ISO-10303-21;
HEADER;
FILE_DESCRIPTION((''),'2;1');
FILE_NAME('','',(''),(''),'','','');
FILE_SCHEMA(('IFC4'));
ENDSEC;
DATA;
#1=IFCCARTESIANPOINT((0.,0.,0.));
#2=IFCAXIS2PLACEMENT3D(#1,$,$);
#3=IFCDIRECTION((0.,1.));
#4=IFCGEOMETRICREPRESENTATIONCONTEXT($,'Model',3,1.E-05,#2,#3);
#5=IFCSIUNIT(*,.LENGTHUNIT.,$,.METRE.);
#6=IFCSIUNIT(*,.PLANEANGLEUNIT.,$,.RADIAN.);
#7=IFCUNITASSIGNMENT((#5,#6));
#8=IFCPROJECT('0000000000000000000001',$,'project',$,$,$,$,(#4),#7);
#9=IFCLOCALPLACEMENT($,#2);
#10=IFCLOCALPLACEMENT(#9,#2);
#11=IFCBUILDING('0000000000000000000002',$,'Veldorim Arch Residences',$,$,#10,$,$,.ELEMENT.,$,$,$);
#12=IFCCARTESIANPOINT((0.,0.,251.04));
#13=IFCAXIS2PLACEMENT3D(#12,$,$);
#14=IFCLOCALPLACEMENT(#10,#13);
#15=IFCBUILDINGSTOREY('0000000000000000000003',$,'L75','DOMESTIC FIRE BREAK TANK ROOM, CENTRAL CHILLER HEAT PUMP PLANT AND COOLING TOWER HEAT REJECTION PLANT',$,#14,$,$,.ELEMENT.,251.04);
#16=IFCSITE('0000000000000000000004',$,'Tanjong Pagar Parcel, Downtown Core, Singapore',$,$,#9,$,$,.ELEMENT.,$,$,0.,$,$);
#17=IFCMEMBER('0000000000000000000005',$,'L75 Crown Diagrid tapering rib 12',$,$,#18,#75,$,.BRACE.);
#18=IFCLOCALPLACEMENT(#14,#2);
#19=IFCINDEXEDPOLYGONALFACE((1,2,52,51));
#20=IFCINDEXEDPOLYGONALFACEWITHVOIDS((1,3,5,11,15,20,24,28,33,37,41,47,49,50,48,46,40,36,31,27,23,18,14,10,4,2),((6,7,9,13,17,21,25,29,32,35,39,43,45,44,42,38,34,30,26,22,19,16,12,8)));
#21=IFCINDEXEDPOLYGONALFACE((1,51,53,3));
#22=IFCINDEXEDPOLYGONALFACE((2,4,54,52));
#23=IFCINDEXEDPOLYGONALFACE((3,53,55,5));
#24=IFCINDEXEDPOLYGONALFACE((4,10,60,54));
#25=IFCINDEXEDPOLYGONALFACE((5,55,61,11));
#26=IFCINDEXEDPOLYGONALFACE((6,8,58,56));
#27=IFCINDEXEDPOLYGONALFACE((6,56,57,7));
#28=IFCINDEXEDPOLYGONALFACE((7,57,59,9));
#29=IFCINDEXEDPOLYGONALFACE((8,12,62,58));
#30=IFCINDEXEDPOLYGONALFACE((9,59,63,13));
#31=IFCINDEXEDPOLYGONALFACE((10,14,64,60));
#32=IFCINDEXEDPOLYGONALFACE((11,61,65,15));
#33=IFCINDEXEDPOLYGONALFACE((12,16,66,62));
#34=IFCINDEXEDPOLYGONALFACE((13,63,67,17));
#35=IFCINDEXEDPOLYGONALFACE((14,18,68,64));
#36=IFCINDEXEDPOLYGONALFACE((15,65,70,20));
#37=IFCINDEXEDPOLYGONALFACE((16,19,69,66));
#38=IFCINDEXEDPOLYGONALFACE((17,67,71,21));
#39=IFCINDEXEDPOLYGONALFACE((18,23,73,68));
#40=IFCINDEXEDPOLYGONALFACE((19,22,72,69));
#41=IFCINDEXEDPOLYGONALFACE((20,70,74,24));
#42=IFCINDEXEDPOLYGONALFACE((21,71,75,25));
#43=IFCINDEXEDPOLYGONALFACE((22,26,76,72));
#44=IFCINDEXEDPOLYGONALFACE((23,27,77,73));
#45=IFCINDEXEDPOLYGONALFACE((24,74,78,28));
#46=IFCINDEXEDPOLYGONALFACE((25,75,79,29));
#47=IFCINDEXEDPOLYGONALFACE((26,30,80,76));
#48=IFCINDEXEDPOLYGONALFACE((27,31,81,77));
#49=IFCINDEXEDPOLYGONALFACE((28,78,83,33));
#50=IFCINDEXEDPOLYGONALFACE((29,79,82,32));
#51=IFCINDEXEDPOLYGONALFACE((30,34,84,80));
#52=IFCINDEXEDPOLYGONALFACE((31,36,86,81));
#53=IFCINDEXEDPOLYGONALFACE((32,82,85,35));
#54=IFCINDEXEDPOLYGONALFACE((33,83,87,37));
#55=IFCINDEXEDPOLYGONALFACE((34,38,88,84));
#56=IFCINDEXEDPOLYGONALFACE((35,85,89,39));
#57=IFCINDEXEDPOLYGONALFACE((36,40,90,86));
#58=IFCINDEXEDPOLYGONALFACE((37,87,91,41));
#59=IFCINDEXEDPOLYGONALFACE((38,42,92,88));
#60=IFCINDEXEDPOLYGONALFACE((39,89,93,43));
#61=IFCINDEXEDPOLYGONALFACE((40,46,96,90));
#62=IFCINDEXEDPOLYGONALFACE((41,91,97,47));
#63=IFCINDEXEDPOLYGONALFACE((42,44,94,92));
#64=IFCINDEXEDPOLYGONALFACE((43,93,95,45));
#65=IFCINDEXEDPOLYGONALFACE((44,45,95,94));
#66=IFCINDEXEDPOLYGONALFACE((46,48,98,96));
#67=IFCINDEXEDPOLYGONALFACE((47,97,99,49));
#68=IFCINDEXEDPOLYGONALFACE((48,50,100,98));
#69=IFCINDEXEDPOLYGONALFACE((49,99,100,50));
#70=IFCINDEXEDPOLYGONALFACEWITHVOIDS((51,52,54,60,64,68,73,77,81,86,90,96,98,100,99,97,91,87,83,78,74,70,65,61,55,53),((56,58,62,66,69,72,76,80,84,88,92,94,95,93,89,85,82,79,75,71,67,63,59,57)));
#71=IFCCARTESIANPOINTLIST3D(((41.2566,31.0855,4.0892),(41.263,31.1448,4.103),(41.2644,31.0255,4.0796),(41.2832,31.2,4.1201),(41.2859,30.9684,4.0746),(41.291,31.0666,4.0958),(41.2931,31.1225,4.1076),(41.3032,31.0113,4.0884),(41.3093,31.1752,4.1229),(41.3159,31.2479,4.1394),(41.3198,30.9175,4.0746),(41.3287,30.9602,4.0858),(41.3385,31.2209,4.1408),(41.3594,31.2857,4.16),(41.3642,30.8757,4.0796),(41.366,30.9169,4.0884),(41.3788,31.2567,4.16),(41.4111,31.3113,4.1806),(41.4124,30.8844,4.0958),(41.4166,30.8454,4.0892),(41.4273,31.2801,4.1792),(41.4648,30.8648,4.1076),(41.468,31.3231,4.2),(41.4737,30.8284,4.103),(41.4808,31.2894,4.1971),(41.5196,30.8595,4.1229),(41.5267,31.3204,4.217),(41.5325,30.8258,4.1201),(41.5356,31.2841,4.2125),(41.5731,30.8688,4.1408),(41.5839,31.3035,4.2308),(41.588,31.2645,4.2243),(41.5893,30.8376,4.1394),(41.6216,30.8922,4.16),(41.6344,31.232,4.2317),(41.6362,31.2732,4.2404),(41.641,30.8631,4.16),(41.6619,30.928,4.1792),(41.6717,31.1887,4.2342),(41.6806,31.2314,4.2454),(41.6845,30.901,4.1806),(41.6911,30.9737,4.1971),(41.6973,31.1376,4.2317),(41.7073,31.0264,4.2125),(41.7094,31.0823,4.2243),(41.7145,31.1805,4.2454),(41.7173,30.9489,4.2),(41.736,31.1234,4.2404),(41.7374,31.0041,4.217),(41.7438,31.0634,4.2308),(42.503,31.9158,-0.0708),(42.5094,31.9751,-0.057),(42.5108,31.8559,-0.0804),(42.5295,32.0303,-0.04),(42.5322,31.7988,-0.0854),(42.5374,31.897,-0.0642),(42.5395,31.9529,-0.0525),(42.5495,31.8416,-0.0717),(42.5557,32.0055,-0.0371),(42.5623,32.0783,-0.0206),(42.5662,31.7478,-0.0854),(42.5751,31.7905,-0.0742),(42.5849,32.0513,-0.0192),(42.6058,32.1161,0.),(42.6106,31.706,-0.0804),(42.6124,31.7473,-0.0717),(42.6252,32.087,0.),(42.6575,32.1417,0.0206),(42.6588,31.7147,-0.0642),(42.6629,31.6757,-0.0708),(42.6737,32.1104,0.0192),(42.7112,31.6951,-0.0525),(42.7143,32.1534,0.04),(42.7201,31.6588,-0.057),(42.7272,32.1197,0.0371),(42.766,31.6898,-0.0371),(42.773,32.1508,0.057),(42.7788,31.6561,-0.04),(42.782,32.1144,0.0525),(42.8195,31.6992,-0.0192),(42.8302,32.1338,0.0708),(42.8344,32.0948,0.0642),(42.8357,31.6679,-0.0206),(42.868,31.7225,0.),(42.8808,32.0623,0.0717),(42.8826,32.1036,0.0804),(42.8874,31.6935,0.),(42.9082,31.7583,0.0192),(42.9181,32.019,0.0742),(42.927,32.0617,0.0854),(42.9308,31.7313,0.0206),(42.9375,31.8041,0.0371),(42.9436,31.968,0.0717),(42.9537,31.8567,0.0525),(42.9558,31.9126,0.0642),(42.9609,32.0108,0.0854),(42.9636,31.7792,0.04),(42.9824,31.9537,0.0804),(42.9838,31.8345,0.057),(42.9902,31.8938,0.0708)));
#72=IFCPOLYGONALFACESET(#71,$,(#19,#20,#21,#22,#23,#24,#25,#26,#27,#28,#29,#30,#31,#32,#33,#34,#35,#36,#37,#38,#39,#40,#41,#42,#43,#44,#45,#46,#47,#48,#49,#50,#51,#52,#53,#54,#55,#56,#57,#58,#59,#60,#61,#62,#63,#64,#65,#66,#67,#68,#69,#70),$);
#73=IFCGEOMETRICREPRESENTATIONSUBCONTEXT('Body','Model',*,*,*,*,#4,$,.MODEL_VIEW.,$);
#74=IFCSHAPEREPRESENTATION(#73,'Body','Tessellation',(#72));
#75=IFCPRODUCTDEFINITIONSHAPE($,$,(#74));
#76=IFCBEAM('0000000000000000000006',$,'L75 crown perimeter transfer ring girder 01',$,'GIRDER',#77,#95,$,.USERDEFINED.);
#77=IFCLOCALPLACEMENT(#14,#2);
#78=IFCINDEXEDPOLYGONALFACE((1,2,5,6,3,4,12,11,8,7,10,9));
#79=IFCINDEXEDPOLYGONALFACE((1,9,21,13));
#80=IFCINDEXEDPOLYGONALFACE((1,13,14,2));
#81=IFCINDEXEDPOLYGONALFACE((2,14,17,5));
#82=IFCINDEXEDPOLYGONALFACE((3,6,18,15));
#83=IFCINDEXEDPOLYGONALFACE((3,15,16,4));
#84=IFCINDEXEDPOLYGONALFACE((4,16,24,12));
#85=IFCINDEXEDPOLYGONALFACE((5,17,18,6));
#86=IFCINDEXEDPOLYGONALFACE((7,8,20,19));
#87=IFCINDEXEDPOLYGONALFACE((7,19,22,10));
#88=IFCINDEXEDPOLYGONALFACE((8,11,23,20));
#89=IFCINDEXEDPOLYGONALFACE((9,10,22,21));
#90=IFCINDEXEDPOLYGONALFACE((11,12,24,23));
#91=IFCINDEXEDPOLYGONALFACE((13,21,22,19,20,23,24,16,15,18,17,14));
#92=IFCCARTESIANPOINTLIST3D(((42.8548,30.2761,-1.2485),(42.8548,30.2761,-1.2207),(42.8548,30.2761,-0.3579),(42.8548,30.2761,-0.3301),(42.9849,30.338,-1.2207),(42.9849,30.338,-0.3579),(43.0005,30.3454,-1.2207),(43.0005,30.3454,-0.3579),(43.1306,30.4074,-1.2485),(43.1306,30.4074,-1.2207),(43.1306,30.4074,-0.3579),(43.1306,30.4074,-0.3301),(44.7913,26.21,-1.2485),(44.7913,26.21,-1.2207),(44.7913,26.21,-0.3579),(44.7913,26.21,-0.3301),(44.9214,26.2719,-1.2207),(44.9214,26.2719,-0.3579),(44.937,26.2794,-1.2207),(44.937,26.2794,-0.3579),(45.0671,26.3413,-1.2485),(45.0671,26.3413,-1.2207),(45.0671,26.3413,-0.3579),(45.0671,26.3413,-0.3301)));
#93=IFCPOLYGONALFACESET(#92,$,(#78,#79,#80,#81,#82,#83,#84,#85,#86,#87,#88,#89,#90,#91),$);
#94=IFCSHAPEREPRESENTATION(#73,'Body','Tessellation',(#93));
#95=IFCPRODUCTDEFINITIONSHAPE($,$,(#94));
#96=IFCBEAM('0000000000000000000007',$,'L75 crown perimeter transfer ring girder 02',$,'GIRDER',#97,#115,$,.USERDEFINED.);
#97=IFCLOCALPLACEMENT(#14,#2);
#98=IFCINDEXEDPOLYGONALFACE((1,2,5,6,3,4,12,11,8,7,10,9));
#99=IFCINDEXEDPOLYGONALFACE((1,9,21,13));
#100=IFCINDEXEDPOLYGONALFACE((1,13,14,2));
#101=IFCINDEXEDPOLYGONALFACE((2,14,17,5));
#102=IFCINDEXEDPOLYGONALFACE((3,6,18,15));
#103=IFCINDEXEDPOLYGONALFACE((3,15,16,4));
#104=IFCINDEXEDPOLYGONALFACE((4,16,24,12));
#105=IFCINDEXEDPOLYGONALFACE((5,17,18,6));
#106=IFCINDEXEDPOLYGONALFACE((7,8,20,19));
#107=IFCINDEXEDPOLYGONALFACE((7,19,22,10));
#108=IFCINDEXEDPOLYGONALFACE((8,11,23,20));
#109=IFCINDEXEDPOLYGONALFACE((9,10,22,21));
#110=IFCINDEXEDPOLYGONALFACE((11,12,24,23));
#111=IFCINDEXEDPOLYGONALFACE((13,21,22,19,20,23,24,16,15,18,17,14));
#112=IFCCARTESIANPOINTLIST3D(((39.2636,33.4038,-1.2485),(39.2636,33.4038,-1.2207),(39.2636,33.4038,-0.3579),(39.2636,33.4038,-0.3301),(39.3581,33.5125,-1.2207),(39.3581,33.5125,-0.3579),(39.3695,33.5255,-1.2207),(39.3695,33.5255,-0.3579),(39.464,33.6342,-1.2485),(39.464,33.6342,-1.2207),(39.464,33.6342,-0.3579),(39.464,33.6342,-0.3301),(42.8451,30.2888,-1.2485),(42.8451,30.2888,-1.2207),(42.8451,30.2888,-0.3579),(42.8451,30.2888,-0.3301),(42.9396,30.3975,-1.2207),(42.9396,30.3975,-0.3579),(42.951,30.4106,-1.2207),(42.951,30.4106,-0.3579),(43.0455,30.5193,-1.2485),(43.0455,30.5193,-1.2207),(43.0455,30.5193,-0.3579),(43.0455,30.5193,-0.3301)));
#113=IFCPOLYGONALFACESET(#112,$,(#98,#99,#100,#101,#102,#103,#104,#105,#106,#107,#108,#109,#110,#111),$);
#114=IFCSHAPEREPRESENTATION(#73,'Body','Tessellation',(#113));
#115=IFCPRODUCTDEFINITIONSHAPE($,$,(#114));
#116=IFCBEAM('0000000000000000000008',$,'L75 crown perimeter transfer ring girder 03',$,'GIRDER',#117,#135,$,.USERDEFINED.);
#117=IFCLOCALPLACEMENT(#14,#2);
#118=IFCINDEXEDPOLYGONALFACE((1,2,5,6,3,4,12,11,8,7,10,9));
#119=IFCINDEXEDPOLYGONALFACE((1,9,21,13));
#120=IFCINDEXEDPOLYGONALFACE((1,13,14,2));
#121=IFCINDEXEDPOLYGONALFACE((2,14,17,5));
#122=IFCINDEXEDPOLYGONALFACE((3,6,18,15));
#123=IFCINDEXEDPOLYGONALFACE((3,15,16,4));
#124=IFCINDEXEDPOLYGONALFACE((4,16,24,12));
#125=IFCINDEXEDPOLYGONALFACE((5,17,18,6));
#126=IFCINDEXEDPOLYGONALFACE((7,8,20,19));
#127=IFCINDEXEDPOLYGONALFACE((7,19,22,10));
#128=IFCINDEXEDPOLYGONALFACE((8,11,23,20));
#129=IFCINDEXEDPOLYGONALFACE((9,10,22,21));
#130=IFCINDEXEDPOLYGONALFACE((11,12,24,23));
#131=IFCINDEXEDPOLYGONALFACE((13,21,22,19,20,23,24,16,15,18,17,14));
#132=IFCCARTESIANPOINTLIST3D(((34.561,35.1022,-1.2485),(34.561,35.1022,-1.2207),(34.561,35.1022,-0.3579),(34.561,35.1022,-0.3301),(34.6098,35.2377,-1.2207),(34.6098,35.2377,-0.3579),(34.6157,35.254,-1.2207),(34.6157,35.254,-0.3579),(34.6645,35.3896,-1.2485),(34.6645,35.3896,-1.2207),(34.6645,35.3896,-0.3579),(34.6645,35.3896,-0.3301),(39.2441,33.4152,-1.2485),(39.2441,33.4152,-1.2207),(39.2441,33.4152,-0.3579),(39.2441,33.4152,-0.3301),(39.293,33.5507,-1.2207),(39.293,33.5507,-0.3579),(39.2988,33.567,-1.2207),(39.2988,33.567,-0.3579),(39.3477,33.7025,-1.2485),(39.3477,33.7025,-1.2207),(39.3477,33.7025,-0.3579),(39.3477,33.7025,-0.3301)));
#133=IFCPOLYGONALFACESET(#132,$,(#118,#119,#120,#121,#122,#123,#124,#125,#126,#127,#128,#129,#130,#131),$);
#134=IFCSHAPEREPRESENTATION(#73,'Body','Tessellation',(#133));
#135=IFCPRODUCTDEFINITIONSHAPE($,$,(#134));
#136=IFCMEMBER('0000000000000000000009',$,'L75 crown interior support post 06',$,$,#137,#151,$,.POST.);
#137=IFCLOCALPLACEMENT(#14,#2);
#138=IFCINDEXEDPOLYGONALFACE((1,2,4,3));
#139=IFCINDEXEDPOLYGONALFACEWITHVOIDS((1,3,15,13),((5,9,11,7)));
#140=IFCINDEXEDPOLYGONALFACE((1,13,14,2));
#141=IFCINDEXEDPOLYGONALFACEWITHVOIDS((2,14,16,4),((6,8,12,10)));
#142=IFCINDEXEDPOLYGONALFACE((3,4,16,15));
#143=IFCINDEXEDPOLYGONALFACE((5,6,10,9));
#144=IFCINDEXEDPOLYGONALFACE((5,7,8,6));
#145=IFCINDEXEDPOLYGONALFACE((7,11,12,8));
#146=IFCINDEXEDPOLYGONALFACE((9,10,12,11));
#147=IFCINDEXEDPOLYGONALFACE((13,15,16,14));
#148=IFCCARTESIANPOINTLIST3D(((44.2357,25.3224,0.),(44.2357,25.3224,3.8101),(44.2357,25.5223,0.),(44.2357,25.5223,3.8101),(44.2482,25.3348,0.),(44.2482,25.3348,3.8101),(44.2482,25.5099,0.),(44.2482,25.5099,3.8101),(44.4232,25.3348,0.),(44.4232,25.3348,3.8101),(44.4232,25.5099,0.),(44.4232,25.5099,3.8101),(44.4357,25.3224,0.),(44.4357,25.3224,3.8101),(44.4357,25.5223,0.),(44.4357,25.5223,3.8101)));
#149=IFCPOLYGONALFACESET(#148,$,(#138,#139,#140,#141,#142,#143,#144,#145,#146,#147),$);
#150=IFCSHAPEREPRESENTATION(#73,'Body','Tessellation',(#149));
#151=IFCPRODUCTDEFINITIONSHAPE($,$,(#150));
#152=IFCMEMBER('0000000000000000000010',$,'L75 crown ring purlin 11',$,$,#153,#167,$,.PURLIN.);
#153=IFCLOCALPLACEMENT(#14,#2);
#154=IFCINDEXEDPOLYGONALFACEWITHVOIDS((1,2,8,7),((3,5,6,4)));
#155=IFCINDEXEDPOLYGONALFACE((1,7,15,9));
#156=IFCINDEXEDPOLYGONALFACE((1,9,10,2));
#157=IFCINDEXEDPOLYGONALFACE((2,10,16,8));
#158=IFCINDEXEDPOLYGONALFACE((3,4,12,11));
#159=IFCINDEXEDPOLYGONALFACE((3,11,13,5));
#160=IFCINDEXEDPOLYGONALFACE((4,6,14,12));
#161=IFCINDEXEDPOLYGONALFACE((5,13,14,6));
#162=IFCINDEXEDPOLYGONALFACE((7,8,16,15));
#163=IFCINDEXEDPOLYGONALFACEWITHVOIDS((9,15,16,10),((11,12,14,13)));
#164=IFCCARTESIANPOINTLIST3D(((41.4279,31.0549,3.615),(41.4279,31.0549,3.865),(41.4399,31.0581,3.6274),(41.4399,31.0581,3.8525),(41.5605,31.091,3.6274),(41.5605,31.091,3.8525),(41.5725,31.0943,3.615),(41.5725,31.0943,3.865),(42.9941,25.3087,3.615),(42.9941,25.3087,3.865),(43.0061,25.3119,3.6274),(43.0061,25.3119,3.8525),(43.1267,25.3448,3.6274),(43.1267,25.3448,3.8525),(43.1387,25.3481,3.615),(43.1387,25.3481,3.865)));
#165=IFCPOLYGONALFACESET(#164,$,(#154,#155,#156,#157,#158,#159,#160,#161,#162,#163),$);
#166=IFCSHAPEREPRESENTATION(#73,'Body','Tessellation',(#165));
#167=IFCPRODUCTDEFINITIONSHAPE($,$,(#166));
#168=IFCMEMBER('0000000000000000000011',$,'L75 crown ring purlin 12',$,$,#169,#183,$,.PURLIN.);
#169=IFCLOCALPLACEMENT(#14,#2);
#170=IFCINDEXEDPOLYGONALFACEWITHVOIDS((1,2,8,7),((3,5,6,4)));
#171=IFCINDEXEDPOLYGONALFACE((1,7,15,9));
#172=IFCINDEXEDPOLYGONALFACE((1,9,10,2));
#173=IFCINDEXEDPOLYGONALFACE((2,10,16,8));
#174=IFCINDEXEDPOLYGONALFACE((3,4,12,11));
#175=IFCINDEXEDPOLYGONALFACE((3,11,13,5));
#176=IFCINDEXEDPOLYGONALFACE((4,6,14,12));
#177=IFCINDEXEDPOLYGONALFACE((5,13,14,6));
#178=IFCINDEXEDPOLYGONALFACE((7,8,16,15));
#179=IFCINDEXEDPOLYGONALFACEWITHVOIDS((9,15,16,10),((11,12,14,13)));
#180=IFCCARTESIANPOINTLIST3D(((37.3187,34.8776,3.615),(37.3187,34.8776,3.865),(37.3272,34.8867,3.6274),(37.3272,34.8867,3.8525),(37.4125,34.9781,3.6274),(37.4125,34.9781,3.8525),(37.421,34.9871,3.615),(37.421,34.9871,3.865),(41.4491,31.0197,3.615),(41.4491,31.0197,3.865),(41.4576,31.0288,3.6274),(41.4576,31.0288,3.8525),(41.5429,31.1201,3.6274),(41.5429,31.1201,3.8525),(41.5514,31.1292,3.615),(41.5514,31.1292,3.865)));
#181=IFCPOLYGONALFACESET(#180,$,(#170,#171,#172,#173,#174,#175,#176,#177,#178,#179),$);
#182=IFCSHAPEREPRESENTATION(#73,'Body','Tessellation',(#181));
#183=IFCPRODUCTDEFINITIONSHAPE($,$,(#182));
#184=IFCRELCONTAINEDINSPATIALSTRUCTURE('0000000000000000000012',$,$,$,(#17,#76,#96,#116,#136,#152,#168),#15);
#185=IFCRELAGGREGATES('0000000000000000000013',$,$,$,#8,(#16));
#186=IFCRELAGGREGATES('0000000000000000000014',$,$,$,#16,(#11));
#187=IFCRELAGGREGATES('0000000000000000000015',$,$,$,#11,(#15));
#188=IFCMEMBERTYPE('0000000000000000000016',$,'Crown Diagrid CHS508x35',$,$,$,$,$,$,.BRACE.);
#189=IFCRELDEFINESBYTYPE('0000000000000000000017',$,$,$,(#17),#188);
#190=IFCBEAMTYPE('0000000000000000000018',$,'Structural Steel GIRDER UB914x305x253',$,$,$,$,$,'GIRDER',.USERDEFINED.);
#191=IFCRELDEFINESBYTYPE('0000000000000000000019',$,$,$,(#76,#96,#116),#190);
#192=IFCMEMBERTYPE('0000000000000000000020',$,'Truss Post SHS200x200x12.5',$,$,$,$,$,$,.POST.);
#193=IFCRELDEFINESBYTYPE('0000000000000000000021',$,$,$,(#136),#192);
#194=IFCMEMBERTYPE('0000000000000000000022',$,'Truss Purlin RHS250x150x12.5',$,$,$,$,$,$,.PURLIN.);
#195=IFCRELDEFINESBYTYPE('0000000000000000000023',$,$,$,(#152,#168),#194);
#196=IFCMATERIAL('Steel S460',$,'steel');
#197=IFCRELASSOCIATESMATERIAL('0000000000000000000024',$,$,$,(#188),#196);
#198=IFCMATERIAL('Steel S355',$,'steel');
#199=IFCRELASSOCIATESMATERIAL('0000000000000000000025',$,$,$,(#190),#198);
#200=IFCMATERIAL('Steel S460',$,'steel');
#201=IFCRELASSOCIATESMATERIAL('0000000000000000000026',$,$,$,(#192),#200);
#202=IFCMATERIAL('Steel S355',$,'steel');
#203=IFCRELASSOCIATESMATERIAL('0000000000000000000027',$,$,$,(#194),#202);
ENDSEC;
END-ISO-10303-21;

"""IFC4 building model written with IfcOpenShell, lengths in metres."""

from ifc_helpers import new_model, si_unit, direction, frame, origin, origin_2d, place, context, subcontext, project, spatial, hollow_rectangle, hollow_circle, i_section, extrude, material, material_profile, profile_set, type_object, element, save


model = new_model("IFC4")

# Units and contexts
model_context = context("Model", 3, precision=1e-05, world=origin(), true_north=direction((0.0, 1.0)))
body_context = subcontext(model_context, "Body", "Model", "MODEL_VIEW")
ifc_project = project(units=[si_unit("LENGTHUNIT", "METRE"), si_unit("PLANEANGLEUNIT", "RADIAN")], contexts=[model_context])

# Site, building, storey
site_placement = place(None, origin())
site = spatial("IfcSite", under=ifc_project, at=site_placement, Name="Tanjong Pagar Parcel, Downtown Core, Singapore", CompositionType="ELEMENT", RefElevation=0.0)
building_placement = place(site_placement, origin())
building = spatial("IfcBuilding", under=site, at=building_placement, Name="Veldorim Arch Residences", CompositionType="ELEMENT")
storey_placement = place(building_placement, frame((0.0, 0.0, 251.04)))
storey = spatial("IfcBuildingStorey", under=building, at=storey_placement, Name="L75", Description="DOMESTIC FIRE BREAK TANK ROOM, CENTRAL CHILLER HEAT PUMP PLANT AND COOLING TOWER HEAT REJECTION PLANT", CompositionType="ELEMENT", Elevation=251.04)

# Member
ifc_material_1 = material(Name="Steel S460", Category="steel")
ifc_material_profile_1 = material_profile(ifc_material_1, hollow_circle(Radius=0.2539, WallThickness=0.0349, at=origin_2d()), Name="CHS508x35")
ifc_profile_set_1 = profile_set([ifc_material_profile_1], Name="Steel S460")
member_type_1 = type_object("IfcMemberType", Name="Crown Diagrid CHS508x35", PredefinedType="BRACE", material=ifc_profile_set_1)
member_1_placement = place(storey_placement, frame((42.7466, 31.9048, 0.0), z_axis=(-0.281896, -0.187802, 0.940885), x_axis=(0.554437, -0.832226, 0.0)))
element("IfcMember", 1, at=member_1_placement, inside=storey, type_object=member_type_1, Name="L75 Crown Diagrid tapering rib 12", PredefinedType="BRACE", context=body_context, shape_type="SweptSolid", body=[
    extrude(hollow_circle(Radius=0.2539, WallThickness=0.0349, at=origin_2d()), origin(), (0.0, 0.0, 1.0), 4.4214),
])

# Beams
ifc_material_2 = material(Name="Steel S355", Category="steel")
ifc_material_profile_2 = material_profile(ifc_material_2, i_section(OverallWidth=0.3054, OverallDepth=0.9185, WebThickness=0.0173, FlangeThickness=0.0278, at=origin_2d()), Name="UB914x305x253")
ifc_profile_set_2 = profile_set([ifc_material_profile_2], Name="Steel S355")
beam_type = type_object("IfcBeamType", Name="Structural Steel GIRDER UB914x305x253", ElementType="GIRDER", PredefinedType="USERDEFINED", material=ifc_profile_set_2)
beam_1_placement = place(storey_placement, frame((44.9292, 26.2756, -0.7893), z_axis=(-0.42998, 0.902838, 0.0), x_axis=(-0.902838, -0.42998, 0.0)))
element("IfcBeam", 2, at=beam_1_placement, inside=storey, type_object=beam_type, Name="L75 crown perimeter transfer ring girder 01", ObjectType="GIRDER", PredefinedType="USERDEFINED", context=body_context, shape_type="SweptSolid", body=[
    extrude(i_section(OverallWidth=0.3054, OverallDepth=0.9185, WebThickness=0.0173, FlangeThickness=0.0278, at=origin_2d()), origin(), (0.0, 0.0, 1.0), 4.5037),
])
beam_2_placement = place(storey_placement, frame((42.9453, 30.4041, -0.7893), z_axis=(-0.754542, 0.656251, 0.0), x_axis=(-0.656251, -0.754542, 0.0)))
element("IfcBeam", 3, at=beam_2_placement, inside=storey, type_object=beam_type, Name="L75 crown perimeter transfer ring girder 02", ObjectType="GIRDER", PredefinedType="USERDEFINED", context=body_context, shape_type="SweptSolid", body=[
    extrude(i_section(OverallWidth=0.3054, OverallDepth=0.9185, WebThickness=0.0173, FlangeThickness=0.0278, at=origin_2d()), origin(), (0.0, 0.0, 1.0), 4.7466),
])
beam_3_placement = place(storey_placement, frame((39.2959, 33.5588, -0.7893), z_axis=(-0.940817, 0.338914, 0.0), x_axis=(-0.338914, -0.940817, 0.0)))
element("IfcBeam", 4, at=beam_3_placement, inside=storey, type_object=beam_type, Name="L75 crown perimeter transfer ring girder 03", ObjectType="GIRDER", PredefinedType="USERDEFINED", context=body_context, shape_type="SweptSolid", body=[
    extrude(i_section(OverallWidth=0.3054, OverallDepth=0.9185, WebThickness=0.0173, FlangeThickness=0.0278, at=origin_2d()), origin(), (0.0, 0.0, 1.0), 4.9778),
])

# Members
ifc_material_3 = material(Name="Steel S460", Category="steel")
ifc_material_profile_3 = material_profile(ifc_material_3, hollow_rectangle(XDim=0.2, YDim=0.2, WallThickness=0.0125, at=origin_2d()), Name="SHS200x200x12.5")
ifc_profile_set_3 = profile_set([ifc_material_profile_3], Name="Steel S460")
member_type_2 = type_object("IfcMemberType", Name="Truss Post SHS200x200x12.5", PredefinedType="POST", material=ifc_profile_set_3)
member_2_placement = place(storey_placement, frame((44.3357, 25.4224, 0.0), z_axis=(0.0, 0.0, 1.0), x_axis=(1.0, 0.0, 0.0)))
element("IfcMember", 5, at=member_2_placement, inside=storey, type_object=member_type_2, Name="L75 crown interior support post 06", PredefinedType="POST", context=body_context, shape_type="SweptSolid", body=[
    extrude(hollow_rectangle(XDim=0.2, YDim=0.2, WallThickness=0.0125, at=origin_2d()), origin(), (0.0, 0.0, 1.0), 3.8101),
])
ifc_material_4 = material(Name="Steel S355", Category="steel")
ifc_material_profile_4 = material_profile(ifc_material_4, hollow_rectangle(XDim=0.1499, YDim=0.25, WallThickness=0.0125, at=origin_2d()), Name="RHS250x150x12.5")
ifc_profile_set_4 = profile_set([ifc_material_profile_4], Name="Steel S355")
member_type_3 = type_object("IfcMemberType", Name="Truss Purlin RHS250x150x12.5", PredefinedType="PURLIN", material=ifc_profile_set_4)
member_3_placement = place(storey_placement, frame((43.0664, 25.3284, 3.74), z_axis=(-0.262968, 0.964804, 0.0), x_axis=(-0.964804, -0.262968, 0.0)))
element("IfcMember", 6, at=member_3_placement, inside=storey, type_object=member_type_3, Name="L75 crown ring purlin 11", PredefinedType="PURLIN", context=body_context, shape_type="SweptSolid", body=[
    extrude(hollow_rectangle(XDim=0.1499, YDim=0.25, WallThickness=0.0125, at=origin_2d()), origin(), (0.0, 0.0, 1.0), 5.9558),
])
member_4_placement = place(storey_placement, frame((41.5002, 31.0745, 3.74), z_axis=(-0.7308, 0.682592, 0.0), x_axis=(-0.682592, -0.7308, 0.0)))
element("IfcMember", 7, at=member_4_placement, inside=storey, type_object=member_type_3, Name="L75 crown ring purlin 12", PredefinedType="PURLIN", context=body_context, shape_type="SweptSolid", body=[
    extrude(hollow_rectangle(XDim=0.1499, YDim=0.25, WallThickness=0.0125, at=origin_2d()), origin(), (0.0, 0.0, 1.0), 5.6519),
])

save(model, "model.ifc")
